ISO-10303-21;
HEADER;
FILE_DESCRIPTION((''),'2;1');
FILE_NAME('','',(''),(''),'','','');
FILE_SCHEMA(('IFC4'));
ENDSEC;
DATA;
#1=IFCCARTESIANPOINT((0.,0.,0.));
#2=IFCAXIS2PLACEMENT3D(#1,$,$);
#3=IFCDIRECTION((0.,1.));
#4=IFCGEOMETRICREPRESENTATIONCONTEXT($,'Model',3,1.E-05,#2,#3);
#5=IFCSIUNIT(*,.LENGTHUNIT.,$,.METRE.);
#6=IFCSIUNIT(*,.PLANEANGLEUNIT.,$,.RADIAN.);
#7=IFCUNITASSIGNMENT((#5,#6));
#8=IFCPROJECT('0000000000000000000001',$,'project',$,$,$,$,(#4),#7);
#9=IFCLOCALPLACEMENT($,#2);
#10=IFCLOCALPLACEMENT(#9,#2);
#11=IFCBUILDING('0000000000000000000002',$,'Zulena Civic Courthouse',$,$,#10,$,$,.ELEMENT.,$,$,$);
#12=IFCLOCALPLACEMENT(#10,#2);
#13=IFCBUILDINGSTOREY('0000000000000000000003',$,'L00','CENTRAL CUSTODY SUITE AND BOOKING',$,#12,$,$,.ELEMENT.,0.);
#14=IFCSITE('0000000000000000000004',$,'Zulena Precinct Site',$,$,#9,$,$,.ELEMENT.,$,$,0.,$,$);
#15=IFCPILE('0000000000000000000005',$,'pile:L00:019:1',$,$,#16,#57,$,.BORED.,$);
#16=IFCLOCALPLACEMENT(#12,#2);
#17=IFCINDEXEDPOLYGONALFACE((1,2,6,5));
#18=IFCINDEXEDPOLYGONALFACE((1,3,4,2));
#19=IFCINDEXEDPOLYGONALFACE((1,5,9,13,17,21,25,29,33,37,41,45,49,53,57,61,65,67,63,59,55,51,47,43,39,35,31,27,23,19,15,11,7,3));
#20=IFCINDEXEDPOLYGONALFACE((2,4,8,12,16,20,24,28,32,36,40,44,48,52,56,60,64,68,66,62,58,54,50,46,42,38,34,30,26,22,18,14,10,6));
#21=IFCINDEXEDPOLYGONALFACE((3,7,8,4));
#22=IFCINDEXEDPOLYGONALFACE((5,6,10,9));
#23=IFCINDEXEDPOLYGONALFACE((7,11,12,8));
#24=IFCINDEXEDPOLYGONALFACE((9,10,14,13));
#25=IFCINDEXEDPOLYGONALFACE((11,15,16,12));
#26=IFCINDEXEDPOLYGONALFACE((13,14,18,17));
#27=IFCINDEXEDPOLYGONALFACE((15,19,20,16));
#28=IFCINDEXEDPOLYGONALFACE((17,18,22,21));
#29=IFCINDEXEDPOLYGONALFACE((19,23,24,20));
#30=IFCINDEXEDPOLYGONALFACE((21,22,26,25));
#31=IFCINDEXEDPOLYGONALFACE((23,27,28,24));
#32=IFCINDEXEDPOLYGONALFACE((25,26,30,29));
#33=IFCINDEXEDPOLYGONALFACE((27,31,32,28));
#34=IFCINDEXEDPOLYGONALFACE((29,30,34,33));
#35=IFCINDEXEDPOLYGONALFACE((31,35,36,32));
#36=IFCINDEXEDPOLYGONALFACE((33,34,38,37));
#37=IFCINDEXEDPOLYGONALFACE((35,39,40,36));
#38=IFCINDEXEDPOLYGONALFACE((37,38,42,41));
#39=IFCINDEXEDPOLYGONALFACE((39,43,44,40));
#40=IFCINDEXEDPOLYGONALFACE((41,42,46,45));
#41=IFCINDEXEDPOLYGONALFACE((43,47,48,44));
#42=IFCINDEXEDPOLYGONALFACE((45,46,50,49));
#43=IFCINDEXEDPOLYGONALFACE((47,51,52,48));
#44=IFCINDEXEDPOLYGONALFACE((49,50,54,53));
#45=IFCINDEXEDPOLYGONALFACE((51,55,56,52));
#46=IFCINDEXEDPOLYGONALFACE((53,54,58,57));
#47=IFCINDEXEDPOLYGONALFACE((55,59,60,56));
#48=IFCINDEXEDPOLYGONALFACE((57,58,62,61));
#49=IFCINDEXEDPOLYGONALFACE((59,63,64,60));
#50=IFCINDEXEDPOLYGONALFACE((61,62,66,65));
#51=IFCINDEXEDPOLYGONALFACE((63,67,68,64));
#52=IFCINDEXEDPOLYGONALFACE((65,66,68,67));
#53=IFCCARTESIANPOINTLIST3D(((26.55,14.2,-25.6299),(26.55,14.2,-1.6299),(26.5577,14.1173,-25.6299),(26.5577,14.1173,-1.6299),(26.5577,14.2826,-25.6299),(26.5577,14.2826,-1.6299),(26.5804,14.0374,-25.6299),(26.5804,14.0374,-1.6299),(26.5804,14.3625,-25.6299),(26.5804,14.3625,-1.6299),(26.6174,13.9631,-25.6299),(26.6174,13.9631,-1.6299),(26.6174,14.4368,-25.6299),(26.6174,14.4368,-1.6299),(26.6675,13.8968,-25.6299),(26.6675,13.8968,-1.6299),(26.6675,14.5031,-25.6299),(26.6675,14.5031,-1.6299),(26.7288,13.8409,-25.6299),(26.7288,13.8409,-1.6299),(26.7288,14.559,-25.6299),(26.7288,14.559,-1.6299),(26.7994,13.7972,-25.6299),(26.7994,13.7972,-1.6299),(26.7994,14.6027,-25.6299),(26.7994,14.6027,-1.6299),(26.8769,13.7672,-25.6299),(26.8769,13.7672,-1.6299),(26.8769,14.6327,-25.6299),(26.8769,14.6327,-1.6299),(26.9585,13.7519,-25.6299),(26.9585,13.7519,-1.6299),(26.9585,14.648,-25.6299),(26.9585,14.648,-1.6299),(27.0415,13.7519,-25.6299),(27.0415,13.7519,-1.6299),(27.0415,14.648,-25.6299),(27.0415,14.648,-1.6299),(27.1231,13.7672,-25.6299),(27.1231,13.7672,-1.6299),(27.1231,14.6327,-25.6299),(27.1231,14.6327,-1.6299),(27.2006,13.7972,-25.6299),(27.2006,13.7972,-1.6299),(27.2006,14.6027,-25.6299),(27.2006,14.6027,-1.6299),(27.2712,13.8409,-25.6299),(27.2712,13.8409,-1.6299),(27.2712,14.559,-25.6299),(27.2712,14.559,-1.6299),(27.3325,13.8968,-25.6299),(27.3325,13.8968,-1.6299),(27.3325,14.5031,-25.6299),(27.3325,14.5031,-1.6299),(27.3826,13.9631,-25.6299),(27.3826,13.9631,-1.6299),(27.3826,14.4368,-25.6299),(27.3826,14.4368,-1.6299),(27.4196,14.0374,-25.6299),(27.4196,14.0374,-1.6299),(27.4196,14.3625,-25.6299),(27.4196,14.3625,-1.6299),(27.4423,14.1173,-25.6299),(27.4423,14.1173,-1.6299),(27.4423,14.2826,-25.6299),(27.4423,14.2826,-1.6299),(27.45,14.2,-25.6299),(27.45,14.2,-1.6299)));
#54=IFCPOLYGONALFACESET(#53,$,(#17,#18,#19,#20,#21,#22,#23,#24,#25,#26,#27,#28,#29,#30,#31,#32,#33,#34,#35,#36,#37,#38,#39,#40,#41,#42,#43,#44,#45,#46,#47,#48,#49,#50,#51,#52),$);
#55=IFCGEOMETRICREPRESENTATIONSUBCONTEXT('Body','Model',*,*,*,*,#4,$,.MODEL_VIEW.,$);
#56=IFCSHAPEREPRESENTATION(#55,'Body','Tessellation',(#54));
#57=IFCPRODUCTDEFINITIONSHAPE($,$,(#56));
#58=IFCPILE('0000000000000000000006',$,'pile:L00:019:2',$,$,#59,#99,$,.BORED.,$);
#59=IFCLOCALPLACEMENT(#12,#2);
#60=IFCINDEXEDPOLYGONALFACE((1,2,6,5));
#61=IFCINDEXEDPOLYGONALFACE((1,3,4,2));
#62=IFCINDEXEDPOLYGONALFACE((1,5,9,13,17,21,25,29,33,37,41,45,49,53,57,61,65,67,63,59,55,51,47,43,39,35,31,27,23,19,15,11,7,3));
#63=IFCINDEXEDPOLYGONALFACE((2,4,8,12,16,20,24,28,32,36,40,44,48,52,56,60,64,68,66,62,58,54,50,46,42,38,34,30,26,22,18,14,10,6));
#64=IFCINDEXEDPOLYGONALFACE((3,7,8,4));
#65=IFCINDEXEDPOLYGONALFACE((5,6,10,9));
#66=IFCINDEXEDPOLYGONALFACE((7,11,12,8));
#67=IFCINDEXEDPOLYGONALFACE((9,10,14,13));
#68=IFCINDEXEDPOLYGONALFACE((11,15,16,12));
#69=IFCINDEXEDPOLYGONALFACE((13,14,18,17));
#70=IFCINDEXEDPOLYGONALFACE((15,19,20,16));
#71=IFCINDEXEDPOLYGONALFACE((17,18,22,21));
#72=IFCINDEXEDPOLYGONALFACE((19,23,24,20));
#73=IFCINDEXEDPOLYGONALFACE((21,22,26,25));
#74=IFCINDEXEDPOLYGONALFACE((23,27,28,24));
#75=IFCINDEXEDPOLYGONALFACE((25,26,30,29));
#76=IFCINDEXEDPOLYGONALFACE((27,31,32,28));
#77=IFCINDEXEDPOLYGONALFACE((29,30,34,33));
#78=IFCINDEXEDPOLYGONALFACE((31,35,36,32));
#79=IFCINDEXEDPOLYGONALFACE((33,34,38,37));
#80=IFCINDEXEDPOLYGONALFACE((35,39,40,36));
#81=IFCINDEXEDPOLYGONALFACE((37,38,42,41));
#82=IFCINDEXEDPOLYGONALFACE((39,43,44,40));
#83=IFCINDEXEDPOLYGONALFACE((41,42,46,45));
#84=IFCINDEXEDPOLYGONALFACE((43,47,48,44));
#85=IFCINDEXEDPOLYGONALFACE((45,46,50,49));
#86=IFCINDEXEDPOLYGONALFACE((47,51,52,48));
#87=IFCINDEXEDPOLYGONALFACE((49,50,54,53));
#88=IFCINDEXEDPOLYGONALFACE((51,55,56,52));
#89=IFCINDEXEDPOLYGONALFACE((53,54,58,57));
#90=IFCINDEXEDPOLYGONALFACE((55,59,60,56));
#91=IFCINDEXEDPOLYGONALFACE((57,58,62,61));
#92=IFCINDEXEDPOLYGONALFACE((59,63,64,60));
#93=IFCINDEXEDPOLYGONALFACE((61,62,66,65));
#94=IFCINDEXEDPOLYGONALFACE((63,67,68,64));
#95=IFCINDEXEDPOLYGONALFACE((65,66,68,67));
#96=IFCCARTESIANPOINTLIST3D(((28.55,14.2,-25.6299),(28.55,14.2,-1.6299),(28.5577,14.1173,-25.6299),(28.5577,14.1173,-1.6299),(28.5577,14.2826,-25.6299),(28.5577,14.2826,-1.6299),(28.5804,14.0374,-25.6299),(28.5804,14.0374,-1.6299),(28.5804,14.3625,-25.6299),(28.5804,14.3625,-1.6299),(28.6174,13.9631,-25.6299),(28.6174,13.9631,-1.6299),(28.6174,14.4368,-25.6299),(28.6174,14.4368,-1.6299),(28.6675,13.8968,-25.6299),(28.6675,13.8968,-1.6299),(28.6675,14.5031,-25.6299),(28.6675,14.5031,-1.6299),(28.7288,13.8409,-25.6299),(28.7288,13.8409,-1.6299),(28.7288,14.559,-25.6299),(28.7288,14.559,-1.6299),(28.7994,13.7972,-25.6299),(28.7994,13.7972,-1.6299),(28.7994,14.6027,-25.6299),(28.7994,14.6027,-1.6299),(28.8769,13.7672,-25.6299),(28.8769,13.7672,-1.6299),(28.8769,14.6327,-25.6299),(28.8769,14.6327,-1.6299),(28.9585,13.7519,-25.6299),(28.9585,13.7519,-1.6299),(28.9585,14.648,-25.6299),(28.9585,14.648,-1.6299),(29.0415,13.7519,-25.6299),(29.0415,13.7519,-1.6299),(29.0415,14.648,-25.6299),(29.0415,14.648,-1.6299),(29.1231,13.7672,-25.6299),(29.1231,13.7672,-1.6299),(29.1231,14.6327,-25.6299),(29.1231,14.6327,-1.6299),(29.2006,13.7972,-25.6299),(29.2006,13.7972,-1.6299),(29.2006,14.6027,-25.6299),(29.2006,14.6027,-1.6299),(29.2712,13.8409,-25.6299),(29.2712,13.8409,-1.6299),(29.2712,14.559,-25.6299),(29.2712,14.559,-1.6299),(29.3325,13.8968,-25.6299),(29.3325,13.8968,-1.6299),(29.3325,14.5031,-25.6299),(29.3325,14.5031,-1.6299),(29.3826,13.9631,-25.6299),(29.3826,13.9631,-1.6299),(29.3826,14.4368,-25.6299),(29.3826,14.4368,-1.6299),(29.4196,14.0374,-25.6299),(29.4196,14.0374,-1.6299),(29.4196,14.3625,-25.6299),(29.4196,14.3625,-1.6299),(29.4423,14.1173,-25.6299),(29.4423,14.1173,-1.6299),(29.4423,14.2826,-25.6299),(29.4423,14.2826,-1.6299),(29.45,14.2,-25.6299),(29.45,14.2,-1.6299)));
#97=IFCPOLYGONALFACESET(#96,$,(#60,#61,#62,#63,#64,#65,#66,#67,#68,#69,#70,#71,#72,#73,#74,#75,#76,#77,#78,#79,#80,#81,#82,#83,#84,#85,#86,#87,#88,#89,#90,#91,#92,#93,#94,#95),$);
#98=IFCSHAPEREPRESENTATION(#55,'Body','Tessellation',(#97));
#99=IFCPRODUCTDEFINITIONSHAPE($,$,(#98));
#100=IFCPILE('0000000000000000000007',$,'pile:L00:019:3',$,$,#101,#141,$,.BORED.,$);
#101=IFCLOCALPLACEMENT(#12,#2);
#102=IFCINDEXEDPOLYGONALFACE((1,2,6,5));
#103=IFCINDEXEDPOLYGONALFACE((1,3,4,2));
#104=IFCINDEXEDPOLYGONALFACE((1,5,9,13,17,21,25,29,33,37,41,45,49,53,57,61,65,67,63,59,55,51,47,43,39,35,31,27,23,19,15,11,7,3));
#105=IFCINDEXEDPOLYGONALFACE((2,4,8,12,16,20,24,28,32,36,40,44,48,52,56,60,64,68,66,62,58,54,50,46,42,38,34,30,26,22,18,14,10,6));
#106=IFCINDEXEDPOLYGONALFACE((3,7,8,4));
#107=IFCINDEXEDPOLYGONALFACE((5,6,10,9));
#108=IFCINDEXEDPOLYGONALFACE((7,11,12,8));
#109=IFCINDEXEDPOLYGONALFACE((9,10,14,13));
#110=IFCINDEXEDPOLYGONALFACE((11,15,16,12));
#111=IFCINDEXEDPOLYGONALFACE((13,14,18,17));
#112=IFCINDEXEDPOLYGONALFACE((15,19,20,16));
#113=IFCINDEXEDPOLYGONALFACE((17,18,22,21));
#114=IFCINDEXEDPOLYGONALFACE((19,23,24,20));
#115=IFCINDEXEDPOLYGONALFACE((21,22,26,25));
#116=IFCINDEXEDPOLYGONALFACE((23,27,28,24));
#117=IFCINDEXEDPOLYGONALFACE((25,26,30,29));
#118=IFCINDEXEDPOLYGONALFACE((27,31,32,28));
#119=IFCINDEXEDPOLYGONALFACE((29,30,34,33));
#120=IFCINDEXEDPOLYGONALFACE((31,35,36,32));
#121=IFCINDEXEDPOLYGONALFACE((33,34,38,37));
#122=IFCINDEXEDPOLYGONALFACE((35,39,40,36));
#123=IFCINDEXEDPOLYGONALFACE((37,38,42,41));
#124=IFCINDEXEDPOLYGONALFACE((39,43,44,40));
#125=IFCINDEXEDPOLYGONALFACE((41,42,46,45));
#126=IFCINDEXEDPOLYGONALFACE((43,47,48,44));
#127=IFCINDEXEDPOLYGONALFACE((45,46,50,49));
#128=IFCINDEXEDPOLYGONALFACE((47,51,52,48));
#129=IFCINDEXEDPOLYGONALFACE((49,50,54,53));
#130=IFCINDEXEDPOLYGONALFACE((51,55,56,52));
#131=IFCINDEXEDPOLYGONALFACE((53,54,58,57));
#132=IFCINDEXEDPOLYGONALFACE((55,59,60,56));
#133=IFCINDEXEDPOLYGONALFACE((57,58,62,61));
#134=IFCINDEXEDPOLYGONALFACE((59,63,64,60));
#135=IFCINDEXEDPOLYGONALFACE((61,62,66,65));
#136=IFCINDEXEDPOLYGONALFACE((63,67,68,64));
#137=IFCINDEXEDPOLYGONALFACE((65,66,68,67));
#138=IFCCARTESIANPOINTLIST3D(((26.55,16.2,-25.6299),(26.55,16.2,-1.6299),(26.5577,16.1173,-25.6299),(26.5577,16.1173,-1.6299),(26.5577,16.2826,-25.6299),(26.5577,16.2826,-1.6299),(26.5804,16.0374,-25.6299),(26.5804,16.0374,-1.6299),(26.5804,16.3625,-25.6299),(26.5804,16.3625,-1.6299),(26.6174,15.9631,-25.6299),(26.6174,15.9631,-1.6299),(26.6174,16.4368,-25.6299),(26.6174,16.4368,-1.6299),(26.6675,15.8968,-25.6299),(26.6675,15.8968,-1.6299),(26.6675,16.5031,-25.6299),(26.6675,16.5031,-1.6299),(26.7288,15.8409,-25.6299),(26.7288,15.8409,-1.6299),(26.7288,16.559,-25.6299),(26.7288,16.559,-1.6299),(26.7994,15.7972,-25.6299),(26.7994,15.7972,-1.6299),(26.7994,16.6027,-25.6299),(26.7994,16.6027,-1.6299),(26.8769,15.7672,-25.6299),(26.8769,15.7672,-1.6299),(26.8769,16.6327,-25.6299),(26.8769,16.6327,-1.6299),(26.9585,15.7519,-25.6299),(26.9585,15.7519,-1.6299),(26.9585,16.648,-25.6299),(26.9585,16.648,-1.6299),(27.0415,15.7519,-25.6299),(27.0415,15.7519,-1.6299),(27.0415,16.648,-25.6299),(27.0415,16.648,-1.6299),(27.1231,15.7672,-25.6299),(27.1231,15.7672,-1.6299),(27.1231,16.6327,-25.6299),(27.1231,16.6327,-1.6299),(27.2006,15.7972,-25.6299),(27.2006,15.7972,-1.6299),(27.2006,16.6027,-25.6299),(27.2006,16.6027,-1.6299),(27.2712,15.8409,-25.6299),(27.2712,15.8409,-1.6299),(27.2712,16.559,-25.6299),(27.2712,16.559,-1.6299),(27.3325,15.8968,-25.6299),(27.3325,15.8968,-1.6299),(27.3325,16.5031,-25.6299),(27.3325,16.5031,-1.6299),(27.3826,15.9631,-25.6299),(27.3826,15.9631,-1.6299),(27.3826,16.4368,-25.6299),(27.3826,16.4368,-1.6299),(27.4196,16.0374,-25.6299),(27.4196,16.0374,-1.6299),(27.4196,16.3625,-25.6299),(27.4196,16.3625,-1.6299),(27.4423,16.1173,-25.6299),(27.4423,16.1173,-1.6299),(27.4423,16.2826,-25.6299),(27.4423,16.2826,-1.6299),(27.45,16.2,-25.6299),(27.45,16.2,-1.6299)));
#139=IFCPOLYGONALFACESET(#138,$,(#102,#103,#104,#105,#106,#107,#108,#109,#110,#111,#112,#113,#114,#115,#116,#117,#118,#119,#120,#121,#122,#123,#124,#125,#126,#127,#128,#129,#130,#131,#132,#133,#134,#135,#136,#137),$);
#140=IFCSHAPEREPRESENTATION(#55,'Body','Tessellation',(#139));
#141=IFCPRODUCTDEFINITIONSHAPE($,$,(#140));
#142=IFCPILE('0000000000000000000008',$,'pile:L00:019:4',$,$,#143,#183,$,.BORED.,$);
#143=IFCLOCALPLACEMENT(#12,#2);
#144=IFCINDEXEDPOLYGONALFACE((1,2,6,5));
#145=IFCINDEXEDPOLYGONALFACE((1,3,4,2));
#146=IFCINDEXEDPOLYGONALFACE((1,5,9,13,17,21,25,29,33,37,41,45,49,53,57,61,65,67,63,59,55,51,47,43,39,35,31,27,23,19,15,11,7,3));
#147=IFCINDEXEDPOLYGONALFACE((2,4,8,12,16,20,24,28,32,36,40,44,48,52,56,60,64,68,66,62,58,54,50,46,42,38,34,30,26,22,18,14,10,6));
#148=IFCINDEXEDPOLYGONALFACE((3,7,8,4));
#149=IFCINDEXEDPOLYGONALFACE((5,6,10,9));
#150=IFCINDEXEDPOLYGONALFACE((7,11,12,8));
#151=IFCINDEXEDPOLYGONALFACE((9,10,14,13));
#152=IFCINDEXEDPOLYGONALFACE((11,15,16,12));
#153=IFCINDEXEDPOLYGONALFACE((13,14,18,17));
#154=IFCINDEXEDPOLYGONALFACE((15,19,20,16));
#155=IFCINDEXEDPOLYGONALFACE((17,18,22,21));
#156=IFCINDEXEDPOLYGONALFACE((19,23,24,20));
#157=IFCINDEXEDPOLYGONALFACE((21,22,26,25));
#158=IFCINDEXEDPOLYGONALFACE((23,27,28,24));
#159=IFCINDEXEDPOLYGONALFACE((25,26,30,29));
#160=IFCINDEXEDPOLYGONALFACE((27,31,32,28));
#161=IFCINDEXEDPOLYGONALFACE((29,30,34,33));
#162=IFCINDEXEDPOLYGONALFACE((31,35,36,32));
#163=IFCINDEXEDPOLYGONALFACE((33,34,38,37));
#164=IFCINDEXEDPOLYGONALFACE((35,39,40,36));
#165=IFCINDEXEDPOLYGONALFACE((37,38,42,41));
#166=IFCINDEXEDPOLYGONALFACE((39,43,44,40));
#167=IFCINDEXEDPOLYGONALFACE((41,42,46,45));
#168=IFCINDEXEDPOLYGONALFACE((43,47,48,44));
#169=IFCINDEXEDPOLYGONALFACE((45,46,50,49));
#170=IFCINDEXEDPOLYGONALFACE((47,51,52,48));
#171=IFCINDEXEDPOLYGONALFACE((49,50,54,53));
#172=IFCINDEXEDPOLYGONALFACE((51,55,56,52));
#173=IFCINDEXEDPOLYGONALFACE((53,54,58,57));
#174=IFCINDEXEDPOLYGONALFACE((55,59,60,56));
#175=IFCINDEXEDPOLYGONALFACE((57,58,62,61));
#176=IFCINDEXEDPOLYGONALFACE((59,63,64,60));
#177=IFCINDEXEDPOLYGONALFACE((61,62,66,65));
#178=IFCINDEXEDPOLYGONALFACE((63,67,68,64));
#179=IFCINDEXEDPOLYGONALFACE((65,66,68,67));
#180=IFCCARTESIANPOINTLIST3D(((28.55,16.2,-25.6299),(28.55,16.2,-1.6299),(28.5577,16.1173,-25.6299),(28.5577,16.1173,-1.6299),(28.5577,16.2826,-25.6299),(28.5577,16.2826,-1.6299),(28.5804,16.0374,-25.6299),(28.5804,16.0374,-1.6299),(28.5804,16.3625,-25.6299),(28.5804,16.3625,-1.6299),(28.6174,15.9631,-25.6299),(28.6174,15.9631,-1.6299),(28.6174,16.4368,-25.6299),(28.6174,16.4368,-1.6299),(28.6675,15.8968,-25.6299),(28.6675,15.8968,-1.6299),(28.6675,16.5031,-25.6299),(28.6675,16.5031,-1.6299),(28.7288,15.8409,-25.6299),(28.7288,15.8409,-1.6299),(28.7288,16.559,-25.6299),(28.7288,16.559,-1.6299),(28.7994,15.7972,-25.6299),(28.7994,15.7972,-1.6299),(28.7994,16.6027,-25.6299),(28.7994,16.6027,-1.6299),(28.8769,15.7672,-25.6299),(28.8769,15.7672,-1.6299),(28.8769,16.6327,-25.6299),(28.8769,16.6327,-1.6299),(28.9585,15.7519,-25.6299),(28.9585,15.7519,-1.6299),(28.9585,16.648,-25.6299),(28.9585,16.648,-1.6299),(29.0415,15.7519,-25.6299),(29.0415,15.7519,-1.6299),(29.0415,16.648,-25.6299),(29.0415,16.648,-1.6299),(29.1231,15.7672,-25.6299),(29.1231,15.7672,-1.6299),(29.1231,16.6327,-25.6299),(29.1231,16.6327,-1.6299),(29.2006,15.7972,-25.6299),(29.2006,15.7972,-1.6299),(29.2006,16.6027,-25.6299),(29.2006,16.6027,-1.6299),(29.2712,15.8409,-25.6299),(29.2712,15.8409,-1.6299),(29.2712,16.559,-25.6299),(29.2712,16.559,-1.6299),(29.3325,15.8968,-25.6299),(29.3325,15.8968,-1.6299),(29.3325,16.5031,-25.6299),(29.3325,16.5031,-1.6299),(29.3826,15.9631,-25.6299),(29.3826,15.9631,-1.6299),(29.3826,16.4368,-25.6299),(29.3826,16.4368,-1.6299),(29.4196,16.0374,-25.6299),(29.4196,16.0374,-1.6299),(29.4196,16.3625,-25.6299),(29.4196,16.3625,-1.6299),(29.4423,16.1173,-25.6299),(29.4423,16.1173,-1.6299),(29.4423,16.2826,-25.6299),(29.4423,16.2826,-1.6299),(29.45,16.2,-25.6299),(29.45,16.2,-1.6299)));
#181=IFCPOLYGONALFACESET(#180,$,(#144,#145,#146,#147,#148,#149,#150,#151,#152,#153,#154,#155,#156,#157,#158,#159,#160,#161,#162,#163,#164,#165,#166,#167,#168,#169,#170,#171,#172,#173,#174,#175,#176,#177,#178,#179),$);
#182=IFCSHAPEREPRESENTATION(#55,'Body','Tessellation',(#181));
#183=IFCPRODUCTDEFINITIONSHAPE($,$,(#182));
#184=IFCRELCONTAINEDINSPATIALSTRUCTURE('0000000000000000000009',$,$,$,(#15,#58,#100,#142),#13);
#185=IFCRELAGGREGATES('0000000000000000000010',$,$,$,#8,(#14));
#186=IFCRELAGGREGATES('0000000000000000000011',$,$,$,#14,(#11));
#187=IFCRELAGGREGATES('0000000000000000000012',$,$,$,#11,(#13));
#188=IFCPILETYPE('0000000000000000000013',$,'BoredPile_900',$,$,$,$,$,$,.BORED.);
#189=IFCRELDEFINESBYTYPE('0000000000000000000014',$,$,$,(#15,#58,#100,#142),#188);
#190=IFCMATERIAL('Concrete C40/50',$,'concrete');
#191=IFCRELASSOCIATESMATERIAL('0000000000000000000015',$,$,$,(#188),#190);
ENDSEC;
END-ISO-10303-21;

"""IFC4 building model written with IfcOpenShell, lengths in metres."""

from ifc_helpers import new_model, si_unit, direction, frame, origin, origin_2d, place, context, subcontext, project, spatial, circle, extrude, material, material_profile, profile_set, type_object, element, save


model = new_model("IFC4")

# Units and contexts
model_context = context("Model", 3, precision=1e-05, world=origin(), true_north=direction((0.0, 1.0)))
body_context = subcontext(model_context, "Body", "Model", "MODEL_VIEW")
ifc_project = project(units=[si_unit("LENGTHUNIT", "METRE"), si_unit("PLANEANGLEUNIT", "RADIAN")], contexts=[model_context])

# Site, building, storey
site_placement = place(None, origin())
site = spatial("IfcSite", under=ifc_project, at=site_placement, Name="Zulena Precinct Site", CompositionType="ELEMENT", RefElevation=0.0)
building_placement = place(site_placement, origin())
building = spatial("IfcBuilding", under=site, at=building_placement, Name="Zulena Civic Courthouse", CompositionType="ELEMENT")
storey_placement = place(building_placement, origin())
storey = spatial("IfcBuildingStorey", under=building, at=storey_placement, Name="L00", Description="CENTRAL CUSTODY SUITE AND BOOKING", CompositionType="ELEMENT", Elevation=0.0)

# Piles
ifc_material_1 = material(Name="Concrete C40/50", Category="concrete")
ifc_material_profile_1 = material_profile(ifc_material_1, circle(Radius=0.45, at=origin_2d()), Name="PILE900")
ifc_profile_set_1 = profile_set([ifc_material_profile_1], Name="Concrete C40/50")
pile_type = type_object("IfcPileType", Name="BoredPile_900", PredefinedType="BORED", material=ifc_profile_set_1)
for number, where, z_axis, x_axis, name in (
    (1, (27.0, 14.2, -1.6299), (0.0, 0.0, -1.0), (1.0, 0.0, 0.0), "pile:L00:019:1"),
    (2, (29.0, 14.2, -1.6299), (0.0, 0.0, -1.0), (1.0, 0.0, 0.0), "pile:L00:019:2"),
    (3, (27.0, 16.2, -1.6299), (0.0, 0.0, -1.0), (1.0, 0.0, 0.0), "pile:L00:019:3"),
    (4, (29.0, 16.2, -1.6299), (0.0, 0.0, -1.0), (1.0, 0.0, 0.0), "pile:L00:019:4"),
):
    element("IfcPile", number, at=place(storey_placement, frame(where, z_axis=z_axis, x_axis=x_axis)), inside=storey, type_object=pile_type, Name=name, PredefinedType="BORED", context=body_context, shape_type="SweptSolid", body=[
        extrude(circle(Radius=0.45, at=origin_2d()), origin(), (0.0, 0.0, 1.0), 24.0),
    ])

save(model, "model.ifc")
